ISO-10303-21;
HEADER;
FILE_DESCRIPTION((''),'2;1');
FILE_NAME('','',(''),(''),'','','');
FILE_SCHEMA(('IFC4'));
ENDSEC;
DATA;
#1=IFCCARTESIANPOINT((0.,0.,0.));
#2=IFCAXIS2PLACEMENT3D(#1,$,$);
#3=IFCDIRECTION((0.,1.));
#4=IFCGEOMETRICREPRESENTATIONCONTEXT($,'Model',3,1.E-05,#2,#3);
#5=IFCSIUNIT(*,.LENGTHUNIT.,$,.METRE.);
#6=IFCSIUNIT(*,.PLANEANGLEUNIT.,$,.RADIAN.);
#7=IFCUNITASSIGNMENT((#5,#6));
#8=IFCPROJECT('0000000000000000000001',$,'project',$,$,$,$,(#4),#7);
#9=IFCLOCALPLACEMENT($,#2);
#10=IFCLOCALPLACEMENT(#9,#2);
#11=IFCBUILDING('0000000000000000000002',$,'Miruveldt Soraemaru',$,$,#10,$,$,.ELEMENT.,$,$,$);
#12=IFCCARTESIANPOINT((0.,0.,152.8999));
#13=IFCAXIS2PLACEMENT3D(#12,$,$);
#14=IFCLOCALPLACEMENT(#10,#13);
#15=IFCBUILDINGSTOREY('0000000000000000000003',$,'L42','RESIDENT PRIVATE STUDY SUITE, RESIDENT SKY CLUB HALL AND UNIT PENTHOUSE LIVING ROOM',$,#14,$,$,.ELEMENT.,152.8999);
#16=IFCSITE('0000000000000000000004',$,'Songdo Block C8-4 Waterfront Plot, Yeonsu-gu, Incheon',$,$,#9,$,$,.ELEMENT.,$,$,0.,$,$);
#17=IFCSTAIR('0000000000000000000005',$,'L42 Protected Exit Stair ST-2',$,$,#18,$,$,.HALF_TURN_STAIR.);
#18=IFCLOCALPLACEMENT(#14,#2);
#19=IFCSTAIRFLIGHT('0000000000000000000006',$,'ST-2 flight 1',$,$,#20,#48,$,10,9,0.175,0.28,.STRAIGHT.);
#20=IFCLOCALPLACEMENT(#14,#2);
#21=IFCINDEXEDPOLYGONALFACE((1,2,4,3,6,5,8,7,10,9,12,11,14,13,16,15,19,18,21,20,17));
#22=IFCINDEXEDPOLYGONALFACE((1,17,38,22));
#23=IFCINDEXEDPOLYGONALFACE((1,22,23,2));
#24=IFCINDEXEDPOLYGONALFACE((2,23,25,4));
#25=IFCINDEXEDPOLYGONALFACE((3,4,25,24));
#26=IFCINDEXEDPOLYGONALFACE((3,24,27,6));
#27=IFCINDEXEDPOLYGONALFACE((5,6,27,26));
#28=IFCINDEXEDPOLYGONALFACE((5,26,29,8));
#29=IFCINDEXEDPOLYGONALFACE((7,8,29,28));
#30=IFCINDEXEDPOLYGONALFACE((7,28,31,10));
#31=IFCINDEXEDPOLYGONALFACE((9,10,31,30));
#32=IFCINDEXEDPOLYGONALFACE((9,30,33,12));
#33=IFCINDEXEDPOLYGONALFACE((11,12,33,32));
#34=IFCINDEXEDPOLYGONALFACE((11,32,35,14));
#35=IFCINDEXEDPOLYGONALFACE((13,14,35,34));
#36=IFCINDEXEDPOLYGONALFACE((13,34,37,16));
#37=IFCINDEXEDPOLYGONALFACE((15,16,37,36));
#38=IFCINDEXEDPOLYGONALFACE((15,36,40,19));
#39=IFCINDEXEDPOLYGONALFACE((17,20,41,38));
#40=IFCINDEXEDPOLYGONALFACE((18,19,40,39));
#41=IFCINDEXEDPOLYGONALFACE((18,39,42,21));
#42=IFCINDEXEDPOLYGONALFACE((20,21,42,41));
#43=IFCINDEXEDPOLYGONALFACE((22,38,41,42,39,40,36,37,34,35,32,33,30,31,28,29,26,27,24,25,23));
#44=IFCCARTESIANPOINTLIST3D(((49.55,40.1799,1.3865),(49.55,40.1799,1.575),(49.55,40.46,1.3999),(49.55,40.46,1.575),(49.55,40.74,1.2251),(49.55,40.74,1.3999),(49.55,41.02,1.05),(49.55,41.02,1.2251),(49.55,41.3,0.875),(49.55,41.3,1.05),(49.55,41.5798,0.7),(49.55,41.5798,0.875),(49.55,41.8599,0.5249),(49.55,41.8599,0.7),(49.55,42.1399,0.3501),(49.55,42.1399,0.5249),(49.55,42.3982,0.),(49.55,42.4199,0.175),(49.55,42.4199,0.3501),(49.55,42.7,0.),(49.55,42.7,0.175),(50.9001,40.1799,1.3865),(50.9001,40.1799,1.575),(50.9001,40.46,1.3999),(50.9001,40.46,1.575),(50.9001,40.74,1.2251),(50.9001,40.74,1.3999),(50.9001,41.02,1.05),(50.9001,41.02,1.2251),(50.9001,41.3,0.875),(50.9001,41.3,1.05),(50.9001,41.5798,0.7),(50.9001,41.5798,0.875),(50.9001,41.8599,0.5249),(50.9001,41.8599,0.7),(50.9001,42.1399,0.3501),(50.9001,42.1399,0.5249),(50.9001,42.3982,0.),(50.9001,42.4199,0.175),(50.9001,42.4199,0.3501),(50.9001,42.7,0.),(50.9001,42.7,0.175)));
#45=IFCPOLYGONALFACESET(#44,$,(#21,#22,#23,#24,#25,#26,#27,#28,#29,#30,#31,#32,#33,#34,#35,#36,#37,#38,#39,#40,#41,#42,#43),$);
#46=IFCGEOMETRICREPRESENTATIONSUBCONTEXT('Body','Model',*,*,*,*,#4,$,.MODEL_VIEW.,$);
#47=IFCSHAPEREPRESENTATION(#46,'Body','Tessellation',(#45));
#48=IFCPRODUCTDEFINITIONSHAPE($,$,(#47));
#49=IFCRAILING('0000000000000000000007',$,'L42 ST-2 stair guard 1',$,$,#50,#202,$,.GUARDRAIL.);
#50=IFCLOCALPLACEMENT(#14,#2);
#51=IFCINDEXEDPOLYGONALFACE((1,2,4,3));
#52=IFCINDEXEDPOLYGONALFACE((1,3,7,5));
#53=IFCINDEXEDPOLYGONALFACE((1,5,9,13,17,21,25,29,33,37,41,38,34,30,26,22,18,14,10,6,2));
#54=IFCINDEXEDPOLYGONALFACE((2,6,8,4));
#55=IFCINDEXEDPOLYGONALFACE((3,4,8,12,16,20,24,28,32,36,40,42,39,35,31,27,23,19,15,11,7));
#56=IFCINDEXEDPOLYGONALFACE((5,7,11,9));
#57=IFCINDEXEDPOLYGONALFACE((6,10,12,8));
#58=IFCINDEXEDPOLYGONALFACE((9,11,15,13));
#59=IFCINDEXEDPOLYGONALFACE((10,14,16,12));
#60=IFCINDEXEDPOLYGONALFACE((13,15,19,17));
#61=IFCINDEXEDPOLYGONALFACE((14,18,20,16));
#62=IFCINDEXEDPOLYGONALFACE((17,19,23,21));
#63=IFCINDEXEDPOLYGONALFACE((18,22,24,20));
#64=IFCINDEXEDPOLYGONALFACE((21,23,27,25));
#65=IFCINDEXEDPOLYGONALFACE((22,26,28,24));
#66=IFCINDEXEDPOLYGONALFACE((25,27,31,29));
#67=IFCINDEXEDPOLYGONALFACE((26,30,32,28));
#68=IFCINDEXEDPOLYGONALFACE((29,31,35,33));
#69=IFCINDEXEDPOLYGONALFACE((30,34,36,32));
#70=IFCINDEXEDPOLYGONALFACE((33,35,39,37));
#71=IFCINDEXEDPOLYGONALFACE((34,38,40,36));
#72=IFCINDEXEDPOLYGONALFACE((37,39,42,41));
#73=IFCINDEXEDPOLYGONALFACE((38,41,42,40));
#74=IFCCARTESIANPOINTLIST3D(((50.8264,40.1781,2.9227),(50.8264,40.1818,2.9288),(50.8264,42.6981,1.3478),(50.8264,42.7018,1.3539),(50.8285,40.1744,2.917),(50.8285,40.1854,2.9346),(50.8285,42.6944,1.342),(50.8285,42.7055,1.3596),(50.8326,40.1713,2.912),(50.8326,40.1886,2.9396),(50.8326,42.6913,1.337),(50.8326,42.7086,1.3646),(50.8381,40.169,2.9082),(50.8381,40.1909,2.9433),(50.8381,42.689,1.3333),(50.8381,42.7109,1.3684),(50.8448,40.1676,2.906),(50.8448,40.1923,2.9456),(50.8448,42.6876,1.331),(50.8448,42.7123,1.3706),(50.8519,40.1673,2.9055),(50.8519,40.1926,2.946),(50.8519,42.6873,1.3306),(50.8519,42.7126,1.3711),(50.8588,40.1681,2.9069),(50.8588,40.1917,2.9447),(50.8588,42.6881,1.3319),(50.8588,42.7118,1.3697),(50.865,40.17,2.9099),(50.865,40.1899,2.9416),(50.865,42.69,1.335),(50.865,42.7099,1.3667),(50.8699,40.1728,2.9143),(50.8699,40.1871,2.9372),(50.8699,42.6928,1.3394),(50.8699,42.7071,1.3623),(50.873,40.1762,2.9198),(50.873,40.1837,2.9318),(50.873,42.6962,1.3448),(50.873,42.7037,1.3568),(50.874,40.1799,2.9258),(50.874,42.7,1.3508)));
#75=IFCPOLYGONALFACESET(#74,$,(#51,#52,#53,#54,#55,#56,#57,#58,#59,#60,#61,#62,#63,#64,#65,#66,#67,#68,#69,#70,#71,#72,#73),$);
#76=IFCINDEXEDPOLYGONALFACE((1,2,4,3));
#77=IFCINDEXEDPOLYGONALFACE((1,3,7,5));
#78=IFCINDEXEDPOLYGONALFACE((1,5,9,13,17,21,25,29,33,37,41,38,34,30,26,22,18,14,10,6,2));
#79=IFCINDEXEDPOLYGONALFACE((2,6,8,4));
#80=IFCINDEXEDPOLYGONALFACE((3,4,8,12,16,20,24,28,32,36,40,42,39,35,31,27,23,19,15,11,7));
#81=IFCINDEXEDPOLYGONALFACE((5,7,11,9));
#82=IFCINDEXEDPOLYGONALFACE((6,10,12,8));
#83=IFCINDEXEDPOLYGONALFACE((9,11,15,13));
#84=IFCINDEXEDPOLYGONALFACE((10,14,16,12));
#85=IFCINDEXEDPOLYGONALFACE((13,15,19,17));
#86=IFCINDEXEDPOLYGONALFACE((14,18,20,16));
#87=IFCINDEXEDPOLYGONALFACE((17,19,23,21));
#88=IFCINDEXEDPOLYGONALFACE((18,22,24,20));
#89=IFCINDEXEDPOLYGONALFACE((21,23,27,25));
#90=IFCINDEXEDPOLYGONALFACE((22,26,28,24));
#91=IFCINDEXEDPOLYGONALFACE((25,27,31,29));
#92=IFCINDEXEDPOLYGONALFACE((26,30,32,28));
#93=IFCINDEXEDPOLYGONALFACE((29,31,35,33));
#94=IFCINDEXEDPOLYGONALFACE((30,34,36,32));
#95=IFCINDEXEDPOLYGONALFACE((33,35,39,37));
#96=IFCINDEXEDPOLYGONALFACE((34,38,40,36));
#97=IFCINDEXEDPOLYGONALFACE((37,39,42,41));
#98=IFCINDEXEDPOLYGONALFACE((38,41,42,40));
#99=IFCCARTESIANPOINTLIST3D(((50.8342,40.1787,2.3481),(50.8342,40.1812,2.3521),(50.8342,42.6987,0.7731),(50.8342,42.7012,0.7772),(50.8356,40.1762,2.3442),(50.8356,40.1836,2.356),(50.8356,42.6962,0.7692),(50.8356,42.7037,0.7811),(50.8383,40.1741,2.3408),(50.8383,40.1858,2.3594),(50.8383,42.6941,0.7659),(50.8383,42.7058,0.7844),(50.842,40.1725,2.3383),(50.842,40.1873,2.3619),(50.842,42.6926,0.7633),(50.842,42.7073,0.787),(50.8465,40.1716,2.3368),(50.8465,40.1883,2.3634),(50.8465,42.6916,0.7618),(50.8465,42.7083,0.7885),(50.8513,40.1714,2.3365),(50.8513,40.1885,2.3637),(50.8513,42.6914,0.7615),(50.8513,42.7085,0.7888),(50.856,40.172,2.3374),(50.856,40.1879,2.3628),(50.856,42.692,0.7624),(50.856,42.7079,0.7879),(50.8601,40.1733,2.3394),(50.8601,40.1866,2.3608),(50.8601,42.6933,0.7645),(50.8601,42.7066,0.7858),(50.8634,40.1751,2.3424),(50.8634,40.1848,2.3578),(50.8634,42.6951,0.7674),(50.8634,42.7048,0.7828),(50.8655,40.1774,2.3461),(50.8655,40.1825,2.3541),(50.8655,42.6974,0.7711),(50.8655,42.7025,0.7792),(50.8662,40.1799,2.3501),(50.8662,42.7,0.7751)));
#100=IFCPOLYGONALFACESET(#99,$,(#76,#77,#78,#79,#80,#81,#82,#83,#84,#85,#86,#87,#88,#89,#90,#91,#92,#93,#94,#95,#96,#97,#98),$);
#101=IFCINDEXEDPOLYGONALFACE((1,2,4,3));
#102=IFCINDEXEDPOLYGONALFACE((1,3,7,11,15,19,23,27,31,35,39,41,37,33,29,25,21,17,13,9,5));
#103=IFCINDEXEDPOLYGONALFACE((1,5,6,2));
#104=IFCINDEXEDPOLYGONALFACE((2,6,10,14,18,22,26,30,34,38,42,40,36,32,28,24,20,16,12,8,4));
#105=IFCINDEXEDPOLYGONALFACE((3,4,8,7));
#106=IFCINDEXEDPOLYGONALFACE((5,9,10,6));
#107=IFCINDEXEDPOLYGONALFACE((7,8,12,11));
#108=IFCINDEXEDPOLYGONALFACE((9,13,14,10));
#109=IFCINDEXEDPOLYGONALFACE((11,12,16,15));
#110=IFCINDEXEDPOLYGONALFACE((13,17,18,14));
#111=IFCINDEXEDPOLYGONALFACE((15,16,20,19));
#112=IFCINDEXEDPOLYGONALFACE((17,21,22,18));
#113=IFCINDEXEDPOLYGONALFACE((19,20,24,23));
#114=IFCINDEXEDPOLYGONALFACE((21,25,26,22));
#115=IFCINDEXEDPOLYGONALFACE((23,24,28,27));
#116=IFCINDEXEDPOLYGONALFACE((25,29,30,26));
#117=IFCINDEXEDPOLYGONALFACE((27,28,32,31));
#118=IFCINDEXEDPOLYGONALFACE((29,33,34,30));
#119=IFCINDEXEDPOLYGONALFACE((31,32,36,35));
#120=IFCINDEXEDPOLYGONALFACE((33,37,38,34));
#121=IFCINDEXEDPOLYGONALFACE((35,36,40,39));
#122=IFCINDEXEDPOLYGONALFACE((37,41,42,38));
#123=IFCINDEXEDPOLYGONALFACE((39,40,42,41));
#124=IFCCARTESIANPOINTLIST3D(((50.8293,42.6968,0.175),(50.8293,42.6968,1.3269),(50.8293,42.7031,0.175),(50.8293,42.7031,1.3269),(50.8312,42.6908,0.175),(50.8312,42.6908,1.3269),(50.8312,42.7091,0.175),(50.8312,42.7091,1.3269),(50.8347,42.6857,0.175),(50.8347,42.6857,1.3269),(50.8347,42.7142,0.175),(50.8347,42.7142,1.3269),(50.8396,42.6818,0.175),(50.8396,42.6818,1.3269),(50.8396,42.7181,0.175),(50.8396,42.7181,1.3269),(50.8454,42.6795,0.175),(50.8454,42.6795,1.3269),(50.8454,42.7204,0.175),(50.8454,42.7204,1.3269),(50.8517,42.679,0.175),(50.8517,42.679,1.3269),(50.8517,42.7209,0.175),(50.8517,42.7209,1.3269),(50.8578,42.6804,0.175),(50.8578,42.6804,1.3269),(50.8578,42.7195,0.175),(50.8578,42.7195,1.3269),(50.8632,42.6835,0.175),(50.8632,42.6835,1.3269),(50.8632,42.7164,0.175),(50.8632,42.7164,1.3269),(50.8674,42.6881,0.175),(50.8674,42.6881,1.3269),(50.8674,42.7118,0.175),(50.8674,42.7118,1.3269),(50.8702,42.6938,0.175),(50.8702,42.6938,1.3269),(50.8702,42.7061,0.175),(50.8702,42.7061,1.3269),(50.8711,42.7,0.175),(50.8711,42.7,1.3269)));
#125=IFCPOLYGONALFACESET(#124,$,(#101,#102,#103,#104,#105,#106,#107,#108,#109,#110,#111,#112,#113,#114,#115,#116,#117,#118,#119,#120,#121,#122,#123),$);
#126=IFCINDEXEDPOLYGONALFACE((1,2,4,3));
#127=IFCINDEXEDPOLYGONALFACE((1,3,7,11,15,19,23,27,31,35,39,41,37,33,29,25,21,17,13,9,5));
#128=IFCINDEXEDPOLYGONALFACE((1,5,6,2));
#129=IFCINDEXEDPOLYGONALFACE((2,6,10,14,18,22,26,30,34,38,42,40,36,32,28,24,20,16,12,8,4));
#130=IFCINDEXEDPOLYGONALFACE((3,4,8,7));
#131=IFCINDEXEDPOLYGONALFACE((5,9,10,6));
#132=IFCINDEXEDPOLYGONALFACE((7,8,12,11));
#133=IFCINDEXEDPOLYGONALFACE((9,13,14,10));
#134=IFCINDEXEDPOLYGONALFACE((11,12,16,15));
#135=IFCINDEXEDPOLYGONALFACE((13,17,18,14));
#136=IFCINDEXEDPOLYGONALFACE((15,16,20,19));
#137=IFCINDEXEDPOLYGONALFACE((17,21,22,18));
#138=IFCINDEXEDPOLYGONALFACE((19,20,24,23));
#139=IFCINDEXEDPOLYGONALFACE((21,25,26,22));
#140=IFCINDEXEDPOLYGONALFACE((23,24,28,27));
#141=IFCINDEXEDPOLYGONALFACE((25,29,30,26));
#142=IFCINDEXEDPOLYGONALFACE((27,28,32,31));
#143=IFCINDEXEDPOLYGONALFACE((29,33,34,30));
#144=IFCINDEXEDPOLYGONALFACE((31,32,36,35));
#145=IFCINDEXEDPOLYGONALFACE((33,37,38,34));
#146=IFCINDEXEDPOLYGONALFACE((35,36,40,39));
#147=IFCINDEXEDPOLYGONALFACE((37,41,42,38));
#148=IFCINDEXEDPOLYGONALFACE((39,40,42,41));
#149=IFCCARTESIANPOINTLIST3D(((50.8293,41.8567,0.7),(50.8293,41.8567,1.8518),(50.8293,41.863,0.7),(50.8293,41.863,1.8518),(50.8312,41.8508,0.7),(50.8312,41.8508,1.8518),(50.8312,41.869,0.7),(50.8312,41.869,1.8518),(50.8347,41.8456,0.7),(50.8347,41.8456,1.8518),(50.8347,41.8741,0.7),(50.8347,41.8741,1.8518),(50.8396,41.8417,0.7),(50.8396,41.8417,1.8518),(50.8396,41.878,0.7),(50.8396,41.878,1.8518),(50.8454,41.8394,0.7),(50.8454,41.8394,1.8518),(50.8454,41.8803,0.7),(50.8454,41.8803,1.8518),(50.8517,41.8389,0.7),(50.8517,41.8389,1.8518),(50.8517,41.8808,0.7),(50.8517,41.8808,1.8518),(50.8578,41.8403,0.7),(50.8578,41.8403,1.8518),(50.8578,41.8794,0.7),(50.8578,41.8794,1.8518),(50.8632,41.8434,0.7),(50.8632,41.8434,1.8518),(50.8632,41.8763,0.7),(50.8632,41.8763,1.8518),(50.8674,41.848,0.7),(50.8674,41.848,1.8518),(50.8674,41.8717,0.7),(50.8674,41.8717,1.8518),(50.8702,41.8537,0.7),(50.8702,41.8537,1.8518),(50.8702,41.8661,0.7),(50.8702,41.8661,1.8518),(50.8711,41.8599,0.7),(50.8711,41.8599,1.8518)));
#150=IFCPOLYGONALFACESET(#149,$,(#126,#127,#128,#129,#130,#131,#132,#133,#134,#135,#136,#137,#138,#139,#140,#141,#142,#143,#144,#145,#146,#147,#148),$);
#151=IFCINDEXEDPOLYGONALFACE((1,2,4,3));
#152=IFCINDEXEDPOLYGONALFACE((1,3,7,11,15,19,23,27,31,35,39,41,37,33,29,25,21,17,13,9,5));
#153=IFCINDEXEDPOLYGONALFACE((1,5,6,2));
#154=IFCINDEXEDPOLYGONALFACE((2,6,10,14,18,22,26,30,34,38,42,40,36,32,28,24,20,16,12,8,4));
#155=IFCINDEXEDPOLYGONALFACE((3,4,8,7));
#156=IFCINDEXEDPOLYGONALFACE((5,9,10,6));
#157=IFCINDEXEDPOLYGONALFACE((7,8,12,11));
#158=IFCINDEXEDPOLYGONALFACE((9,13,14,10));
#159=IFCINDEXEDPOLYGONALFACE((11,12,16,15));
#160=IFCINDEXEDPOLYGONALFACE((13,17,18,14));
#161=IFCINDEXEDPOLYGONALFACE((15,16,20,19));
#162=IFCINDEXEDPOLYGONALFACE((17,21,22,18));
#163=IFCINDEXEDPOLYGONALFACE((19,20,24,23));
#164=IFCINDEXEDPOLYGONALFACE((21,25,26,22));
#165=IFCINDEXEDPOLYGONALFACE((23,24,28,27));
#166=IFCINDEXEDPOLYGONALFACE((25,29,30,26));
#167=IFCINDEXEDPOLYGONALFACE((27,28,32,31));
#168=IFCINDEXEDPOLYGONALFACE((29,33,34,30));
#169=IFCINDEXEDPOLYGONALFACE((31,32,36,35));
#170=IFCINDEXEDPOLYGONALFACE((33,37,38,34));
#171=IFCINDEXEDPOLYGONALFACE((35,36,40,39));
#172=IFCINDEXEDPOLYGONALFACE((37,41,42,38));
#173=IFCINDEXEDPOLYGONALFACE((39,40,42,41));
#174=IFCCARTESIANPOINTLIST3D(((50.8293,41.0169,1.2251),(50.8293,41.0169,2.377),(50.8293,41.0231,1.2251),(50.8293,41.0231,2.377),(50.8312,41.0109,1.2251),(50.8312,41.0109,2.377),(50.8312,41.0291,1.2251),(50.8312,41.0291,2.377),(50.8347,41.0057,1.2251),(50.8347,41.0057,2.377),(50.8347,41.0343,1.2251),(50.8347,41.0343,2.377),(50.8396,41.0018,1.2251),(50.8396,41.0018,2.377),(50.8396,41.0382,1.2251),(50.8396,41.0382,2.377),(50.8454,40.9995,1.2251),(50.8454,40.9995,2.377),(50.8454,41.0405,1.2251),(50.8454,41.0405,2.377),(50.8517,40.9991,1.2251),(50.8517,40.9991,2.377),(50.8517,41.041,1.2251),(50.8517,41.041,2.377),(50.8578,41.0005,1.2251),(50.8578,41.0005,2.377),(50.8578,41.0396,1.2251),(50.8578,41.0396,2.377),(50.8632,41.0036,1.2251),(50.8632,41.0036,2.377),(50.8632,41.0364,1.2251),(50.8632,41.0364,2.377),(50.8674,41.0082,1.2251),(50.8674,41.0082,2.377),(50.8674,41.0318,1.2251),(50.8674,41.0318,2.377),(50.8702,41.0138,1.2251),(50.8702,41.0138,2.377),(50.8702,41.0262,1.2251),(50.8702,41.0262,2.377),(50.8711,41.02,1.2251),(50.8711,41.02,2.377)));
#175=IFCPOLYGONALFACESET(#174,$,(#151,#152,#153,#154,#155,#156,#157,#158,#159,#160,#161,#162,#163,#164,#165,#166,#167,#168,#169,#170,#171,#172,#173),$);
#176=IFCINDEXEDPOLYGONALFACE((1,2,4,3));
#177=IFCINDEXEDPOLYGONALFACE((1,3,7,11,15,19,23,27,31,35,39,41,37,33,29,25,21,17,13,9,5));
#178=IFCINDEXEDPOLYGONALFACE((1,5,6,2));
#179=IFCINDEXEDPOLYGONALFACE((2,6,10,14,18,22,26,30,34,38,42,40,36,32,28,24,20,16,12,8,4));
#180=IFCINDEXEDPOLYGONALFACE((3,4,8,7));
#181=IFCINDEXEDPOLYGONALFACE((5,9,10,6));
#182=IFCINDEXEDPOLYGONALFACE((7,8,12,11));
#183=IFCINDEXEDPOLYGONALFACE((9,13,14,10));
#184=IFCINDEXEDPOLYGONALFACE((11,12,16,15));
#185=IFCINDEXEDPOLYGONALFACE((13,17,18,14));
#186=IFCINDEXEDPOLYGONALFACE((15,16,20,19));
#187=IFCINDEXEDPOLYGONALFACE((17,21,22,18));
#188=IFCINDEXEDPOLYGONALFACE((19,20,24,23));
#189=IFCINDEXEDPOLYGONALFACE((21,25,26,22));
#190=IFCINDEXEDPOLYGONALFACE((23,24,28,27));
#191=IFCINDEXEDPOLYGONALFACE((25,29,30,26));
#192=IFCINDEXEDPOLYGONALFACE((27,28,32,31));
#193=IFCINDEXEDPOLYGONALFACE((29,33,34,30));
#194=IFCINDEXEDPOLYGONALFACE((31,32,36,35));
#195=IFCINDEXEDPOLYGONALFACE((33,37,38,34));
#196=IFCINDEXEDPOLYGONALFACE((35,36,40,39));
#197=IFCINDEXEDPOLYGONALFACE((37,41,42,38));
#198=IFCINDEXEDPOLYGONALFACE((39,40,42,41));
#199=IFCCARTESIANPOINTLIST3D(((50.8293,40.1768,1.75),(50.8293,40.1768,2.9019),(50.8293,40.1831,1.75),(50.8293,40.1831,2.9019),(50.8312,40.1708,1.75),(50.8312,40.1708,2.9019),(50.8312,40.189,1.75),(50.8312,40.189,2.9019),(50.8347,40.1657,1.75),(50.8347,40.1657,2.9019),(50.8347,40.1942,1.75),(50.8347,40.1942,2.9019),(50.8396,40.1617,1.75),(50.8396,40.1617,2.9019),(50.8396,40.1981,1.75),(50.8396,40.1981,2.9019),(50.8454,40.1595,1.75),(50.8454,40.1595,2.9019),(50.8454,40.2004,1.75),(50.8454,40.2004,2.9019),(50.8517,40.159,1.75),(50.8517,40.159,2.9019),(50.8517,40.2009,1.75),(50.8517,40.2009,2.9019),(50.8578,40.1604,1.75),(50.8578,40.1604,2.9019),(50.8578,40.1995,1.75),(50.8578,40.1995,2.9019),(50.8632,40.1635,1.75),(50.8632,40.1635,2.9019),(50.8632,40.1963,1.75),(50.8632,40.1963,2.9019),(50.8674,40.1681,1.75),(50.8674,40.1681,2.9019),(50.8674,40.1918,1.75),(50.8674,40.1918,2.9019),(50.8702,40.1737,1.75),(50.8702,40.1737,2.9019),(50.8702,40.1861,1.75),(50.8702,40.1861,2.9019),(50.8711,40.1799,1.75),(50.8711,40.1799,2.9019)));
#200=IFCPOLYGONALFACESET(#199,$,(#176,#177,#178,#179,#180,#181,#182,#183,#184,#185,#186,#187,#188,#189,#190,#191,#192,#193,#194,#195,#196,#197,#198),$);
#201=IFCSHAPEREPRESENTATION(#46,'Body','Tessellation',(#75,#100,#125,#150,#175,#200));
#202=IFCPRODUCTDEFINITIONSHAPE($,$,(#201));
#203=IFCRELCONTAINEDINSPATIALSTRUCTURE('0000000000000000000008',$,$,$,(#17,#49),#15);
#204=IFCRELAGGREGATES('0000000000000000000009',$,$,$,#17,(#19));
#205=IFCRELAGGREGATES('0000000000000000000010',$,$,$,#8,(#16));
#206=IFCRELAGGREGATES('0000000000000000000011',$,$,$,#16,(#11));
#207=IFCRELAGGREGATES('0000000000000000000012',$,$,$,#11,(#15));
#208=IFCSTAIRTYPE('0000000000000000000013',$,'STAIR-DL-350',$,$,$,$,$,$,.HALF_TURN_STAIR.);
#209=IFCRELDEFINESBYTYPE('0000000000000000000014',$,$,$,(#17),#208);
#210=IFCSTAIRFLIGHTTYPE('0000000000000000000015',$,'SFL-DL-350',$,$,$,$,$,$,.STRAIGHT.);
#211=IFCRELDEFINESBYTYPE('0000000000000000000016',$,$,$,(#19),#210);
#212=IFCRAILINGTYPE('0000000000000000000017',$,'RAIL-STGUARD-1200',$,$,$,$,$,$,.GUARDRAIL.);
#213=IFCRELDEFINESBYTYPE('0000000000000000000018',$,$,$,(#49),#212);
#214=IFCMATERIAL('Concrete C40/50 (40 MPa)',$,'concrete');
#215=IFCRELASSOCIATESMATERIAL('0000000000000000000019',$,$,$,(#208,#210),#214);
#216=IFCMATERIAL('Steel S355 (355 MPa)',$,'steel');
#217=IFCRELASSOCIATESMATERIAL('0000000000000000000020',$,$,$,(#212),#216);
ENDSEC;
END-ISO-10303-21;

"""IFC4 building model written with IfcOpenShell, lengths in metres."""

from ifc_helpers import new_model, si_unit, direction, frame, origin, origin_2d, place, context, subcontext, project, spatial, polyline, circle, outline, extrude, material, type_object, element, aggregate, save


model = new_model("IFC4")

# Units and contexts
model_context = context("Model", 3, precision=1e-05, world=origin(), true_north=direction((0.0, 1.0)))
body_context = subcontext(model_context, "Body", "Model", "MODEL_VIEW")
ifc_project = project(units=[si_unit("LENGTHUNIT", "METRE"), si_unit("PLANEANGLEUNIT", "RADIAN")], contexts=[model_context])

# Site, building, storey
site_placement = place(None, origin())
site = spatial("IfcSite", under=ifc_project, at=site_placement, Name="Songdo Block C8-4 Waterfront Plot, Yeonsu-gu, Incheon", CompositionType="ELEMENT", RefElevation=0.0)
building_placement = place(site_placement, origin())
building = spatial("IfcBuilding", under=site, at=building_placement, Name="Miruveldt Soraemaru", CompositionType="ELEMENT")
storey_placement = place(building_placement, frame((0.0, 0.0, 152.8999)))
storey = spatial("IfcBuildingStorey", under=building, at=storey_placement, Name="L42", Description="RESIDENT PRIVATE STUDY SUITE, RESIDENT SKY CLUB HALL AND UNIT PENTHOUSE LIVING ROOM", CompositionType="ELEMENT", Elevation=152.8999)

# Shared definitions
ifc_material_1 = material(Name="Concrete C40/50 (40 MPa)", Category="concrete")

# Stair, stair flight
stair_type = type_object("IfcStairType", Name="STAIR-DL-350", PredefinedType="HALF_TURN_STAIR", material=ifc_material_1)
stair_placement = place(storey_placement, origin())
stair = element("IfcStair", 1, at=stair_placement, inside=storey, type_object=stair_type, Name="L42 Protected Exit Stair ST-2", PredefinedType="HALF_TURN_STAIR")
stair_flight_type = type_object("IfcStairFlightType", Name="SFL-DL-350", PredefinedType="STRAIGHT", material=ifc_material_1)
stair_flight_placement = place(storey_placement, frame((50.2251, 42.7, 0.0), z_axis=(0.0, 0.0, 1.0), x_axis=(0.0, -1.0, 0.0)))
stair_flight = element("IfcStairFlight", 2, at=stair_flight_placement, type_object=stair_flight_type, Name="ST-2 flight 1", NumberOfRisers=10, NumberOfTreads=9, PredefinedType="STRAIGHT", RiserHeight=0.175, TreadLength=0.28, context=body_context, shape_type="SweptSolid", body=[
    extrude(outline(polyline([(0.0, 0.0), (0.0, 0.175), (0.28, 0.175), (0.28, 0.3501), (0.5601, 0.3501), (0.5601, 0.5249), (0.8401, 0.5249), (0.8401, 0.7), (1.1201, 0.7), (1.1201, 0.875), (1.3999, 0.875), (1.3999, 1.05), (1.6799, 1.05), (1.6799, 1.2251), (1.96, 1.2251), (1.96, 1.3999), (2.24, 1.3999), (2.24, 1.575), (2.52, 1.575), (2.52, 1.75), (2.52, 1.3865), (0.3018, 0.0), (0.0, 0.0)])), frame((0.0, 0.675, 0.0), z_axis=(0.0, -1.0, 0.0), x_axis=(1.0, 0.0, 0.0)), (0.0, 0.0, 1.0), 1.3501),
])
aggregate(stair, [stair_flight])

# Railing
ifc_material_2 = material(Name="Steel S355 (355 MPa)", Category="steel")
railing_type_1 = type_object("IfcRailingType", Name="RAIL-STGUARD-1200", PredefinedType="GUARDRAIL", material=ifc_material_2)
railing_1_placement = place(storey_placement, frame((50.8501, 42.7, 0.175)))
element("IfcRailing", 3, at=railing_1_placement, inside=storey, type_object=railing_type_1, Name="L42 ST-2 stair guard 1", PredefinedType="GUARDRAIL", context=body_context, shape_type="SweptSolid", body=[
    extrude(circle(Radius=0.0239, at=origin_2d()), frame((0.0, 0.0, 1.1758), z_axis=(0.0, -0.848008, 0.529984), x_axis=(1.0, 0.0, 0.0)), (0.0, 0.0, 1.0), 2.9717),
    extrude(circle(Radius=0.0161, at=origin_2d()), frame((0.0, 0.0, 0.6001), z_axis=(0.0, -0.848008, 0.529984), x_axis=(1.0, 0.0, 0.0)), (0.0, 0.0, 1.0), 2.9717),
    extrude(circle(Radius=0.021, at=origin_2d()), origin(), (0.0, 0.0, 1.0), 1.1519),
    extrude(circle(Radius=0.021, at=origin_2d()), frame((0.0, -0.8401, 0.5249)), (0.0, 0.0, 1.0), 1.1519),
    extrude(circle(Radius=0.021, at=origin_2d()), frame((0.0, -1.6799, 1.05)), (0.0, 0.0, 1.0), 1.1519),
    extrude(circle(Radius=0.021, at=origin_2d()), frame((0.0, -2.52, 1.575)), (0.0, 0.0, 1.0), 1.1519),
])

save(model, "model.ifc")
